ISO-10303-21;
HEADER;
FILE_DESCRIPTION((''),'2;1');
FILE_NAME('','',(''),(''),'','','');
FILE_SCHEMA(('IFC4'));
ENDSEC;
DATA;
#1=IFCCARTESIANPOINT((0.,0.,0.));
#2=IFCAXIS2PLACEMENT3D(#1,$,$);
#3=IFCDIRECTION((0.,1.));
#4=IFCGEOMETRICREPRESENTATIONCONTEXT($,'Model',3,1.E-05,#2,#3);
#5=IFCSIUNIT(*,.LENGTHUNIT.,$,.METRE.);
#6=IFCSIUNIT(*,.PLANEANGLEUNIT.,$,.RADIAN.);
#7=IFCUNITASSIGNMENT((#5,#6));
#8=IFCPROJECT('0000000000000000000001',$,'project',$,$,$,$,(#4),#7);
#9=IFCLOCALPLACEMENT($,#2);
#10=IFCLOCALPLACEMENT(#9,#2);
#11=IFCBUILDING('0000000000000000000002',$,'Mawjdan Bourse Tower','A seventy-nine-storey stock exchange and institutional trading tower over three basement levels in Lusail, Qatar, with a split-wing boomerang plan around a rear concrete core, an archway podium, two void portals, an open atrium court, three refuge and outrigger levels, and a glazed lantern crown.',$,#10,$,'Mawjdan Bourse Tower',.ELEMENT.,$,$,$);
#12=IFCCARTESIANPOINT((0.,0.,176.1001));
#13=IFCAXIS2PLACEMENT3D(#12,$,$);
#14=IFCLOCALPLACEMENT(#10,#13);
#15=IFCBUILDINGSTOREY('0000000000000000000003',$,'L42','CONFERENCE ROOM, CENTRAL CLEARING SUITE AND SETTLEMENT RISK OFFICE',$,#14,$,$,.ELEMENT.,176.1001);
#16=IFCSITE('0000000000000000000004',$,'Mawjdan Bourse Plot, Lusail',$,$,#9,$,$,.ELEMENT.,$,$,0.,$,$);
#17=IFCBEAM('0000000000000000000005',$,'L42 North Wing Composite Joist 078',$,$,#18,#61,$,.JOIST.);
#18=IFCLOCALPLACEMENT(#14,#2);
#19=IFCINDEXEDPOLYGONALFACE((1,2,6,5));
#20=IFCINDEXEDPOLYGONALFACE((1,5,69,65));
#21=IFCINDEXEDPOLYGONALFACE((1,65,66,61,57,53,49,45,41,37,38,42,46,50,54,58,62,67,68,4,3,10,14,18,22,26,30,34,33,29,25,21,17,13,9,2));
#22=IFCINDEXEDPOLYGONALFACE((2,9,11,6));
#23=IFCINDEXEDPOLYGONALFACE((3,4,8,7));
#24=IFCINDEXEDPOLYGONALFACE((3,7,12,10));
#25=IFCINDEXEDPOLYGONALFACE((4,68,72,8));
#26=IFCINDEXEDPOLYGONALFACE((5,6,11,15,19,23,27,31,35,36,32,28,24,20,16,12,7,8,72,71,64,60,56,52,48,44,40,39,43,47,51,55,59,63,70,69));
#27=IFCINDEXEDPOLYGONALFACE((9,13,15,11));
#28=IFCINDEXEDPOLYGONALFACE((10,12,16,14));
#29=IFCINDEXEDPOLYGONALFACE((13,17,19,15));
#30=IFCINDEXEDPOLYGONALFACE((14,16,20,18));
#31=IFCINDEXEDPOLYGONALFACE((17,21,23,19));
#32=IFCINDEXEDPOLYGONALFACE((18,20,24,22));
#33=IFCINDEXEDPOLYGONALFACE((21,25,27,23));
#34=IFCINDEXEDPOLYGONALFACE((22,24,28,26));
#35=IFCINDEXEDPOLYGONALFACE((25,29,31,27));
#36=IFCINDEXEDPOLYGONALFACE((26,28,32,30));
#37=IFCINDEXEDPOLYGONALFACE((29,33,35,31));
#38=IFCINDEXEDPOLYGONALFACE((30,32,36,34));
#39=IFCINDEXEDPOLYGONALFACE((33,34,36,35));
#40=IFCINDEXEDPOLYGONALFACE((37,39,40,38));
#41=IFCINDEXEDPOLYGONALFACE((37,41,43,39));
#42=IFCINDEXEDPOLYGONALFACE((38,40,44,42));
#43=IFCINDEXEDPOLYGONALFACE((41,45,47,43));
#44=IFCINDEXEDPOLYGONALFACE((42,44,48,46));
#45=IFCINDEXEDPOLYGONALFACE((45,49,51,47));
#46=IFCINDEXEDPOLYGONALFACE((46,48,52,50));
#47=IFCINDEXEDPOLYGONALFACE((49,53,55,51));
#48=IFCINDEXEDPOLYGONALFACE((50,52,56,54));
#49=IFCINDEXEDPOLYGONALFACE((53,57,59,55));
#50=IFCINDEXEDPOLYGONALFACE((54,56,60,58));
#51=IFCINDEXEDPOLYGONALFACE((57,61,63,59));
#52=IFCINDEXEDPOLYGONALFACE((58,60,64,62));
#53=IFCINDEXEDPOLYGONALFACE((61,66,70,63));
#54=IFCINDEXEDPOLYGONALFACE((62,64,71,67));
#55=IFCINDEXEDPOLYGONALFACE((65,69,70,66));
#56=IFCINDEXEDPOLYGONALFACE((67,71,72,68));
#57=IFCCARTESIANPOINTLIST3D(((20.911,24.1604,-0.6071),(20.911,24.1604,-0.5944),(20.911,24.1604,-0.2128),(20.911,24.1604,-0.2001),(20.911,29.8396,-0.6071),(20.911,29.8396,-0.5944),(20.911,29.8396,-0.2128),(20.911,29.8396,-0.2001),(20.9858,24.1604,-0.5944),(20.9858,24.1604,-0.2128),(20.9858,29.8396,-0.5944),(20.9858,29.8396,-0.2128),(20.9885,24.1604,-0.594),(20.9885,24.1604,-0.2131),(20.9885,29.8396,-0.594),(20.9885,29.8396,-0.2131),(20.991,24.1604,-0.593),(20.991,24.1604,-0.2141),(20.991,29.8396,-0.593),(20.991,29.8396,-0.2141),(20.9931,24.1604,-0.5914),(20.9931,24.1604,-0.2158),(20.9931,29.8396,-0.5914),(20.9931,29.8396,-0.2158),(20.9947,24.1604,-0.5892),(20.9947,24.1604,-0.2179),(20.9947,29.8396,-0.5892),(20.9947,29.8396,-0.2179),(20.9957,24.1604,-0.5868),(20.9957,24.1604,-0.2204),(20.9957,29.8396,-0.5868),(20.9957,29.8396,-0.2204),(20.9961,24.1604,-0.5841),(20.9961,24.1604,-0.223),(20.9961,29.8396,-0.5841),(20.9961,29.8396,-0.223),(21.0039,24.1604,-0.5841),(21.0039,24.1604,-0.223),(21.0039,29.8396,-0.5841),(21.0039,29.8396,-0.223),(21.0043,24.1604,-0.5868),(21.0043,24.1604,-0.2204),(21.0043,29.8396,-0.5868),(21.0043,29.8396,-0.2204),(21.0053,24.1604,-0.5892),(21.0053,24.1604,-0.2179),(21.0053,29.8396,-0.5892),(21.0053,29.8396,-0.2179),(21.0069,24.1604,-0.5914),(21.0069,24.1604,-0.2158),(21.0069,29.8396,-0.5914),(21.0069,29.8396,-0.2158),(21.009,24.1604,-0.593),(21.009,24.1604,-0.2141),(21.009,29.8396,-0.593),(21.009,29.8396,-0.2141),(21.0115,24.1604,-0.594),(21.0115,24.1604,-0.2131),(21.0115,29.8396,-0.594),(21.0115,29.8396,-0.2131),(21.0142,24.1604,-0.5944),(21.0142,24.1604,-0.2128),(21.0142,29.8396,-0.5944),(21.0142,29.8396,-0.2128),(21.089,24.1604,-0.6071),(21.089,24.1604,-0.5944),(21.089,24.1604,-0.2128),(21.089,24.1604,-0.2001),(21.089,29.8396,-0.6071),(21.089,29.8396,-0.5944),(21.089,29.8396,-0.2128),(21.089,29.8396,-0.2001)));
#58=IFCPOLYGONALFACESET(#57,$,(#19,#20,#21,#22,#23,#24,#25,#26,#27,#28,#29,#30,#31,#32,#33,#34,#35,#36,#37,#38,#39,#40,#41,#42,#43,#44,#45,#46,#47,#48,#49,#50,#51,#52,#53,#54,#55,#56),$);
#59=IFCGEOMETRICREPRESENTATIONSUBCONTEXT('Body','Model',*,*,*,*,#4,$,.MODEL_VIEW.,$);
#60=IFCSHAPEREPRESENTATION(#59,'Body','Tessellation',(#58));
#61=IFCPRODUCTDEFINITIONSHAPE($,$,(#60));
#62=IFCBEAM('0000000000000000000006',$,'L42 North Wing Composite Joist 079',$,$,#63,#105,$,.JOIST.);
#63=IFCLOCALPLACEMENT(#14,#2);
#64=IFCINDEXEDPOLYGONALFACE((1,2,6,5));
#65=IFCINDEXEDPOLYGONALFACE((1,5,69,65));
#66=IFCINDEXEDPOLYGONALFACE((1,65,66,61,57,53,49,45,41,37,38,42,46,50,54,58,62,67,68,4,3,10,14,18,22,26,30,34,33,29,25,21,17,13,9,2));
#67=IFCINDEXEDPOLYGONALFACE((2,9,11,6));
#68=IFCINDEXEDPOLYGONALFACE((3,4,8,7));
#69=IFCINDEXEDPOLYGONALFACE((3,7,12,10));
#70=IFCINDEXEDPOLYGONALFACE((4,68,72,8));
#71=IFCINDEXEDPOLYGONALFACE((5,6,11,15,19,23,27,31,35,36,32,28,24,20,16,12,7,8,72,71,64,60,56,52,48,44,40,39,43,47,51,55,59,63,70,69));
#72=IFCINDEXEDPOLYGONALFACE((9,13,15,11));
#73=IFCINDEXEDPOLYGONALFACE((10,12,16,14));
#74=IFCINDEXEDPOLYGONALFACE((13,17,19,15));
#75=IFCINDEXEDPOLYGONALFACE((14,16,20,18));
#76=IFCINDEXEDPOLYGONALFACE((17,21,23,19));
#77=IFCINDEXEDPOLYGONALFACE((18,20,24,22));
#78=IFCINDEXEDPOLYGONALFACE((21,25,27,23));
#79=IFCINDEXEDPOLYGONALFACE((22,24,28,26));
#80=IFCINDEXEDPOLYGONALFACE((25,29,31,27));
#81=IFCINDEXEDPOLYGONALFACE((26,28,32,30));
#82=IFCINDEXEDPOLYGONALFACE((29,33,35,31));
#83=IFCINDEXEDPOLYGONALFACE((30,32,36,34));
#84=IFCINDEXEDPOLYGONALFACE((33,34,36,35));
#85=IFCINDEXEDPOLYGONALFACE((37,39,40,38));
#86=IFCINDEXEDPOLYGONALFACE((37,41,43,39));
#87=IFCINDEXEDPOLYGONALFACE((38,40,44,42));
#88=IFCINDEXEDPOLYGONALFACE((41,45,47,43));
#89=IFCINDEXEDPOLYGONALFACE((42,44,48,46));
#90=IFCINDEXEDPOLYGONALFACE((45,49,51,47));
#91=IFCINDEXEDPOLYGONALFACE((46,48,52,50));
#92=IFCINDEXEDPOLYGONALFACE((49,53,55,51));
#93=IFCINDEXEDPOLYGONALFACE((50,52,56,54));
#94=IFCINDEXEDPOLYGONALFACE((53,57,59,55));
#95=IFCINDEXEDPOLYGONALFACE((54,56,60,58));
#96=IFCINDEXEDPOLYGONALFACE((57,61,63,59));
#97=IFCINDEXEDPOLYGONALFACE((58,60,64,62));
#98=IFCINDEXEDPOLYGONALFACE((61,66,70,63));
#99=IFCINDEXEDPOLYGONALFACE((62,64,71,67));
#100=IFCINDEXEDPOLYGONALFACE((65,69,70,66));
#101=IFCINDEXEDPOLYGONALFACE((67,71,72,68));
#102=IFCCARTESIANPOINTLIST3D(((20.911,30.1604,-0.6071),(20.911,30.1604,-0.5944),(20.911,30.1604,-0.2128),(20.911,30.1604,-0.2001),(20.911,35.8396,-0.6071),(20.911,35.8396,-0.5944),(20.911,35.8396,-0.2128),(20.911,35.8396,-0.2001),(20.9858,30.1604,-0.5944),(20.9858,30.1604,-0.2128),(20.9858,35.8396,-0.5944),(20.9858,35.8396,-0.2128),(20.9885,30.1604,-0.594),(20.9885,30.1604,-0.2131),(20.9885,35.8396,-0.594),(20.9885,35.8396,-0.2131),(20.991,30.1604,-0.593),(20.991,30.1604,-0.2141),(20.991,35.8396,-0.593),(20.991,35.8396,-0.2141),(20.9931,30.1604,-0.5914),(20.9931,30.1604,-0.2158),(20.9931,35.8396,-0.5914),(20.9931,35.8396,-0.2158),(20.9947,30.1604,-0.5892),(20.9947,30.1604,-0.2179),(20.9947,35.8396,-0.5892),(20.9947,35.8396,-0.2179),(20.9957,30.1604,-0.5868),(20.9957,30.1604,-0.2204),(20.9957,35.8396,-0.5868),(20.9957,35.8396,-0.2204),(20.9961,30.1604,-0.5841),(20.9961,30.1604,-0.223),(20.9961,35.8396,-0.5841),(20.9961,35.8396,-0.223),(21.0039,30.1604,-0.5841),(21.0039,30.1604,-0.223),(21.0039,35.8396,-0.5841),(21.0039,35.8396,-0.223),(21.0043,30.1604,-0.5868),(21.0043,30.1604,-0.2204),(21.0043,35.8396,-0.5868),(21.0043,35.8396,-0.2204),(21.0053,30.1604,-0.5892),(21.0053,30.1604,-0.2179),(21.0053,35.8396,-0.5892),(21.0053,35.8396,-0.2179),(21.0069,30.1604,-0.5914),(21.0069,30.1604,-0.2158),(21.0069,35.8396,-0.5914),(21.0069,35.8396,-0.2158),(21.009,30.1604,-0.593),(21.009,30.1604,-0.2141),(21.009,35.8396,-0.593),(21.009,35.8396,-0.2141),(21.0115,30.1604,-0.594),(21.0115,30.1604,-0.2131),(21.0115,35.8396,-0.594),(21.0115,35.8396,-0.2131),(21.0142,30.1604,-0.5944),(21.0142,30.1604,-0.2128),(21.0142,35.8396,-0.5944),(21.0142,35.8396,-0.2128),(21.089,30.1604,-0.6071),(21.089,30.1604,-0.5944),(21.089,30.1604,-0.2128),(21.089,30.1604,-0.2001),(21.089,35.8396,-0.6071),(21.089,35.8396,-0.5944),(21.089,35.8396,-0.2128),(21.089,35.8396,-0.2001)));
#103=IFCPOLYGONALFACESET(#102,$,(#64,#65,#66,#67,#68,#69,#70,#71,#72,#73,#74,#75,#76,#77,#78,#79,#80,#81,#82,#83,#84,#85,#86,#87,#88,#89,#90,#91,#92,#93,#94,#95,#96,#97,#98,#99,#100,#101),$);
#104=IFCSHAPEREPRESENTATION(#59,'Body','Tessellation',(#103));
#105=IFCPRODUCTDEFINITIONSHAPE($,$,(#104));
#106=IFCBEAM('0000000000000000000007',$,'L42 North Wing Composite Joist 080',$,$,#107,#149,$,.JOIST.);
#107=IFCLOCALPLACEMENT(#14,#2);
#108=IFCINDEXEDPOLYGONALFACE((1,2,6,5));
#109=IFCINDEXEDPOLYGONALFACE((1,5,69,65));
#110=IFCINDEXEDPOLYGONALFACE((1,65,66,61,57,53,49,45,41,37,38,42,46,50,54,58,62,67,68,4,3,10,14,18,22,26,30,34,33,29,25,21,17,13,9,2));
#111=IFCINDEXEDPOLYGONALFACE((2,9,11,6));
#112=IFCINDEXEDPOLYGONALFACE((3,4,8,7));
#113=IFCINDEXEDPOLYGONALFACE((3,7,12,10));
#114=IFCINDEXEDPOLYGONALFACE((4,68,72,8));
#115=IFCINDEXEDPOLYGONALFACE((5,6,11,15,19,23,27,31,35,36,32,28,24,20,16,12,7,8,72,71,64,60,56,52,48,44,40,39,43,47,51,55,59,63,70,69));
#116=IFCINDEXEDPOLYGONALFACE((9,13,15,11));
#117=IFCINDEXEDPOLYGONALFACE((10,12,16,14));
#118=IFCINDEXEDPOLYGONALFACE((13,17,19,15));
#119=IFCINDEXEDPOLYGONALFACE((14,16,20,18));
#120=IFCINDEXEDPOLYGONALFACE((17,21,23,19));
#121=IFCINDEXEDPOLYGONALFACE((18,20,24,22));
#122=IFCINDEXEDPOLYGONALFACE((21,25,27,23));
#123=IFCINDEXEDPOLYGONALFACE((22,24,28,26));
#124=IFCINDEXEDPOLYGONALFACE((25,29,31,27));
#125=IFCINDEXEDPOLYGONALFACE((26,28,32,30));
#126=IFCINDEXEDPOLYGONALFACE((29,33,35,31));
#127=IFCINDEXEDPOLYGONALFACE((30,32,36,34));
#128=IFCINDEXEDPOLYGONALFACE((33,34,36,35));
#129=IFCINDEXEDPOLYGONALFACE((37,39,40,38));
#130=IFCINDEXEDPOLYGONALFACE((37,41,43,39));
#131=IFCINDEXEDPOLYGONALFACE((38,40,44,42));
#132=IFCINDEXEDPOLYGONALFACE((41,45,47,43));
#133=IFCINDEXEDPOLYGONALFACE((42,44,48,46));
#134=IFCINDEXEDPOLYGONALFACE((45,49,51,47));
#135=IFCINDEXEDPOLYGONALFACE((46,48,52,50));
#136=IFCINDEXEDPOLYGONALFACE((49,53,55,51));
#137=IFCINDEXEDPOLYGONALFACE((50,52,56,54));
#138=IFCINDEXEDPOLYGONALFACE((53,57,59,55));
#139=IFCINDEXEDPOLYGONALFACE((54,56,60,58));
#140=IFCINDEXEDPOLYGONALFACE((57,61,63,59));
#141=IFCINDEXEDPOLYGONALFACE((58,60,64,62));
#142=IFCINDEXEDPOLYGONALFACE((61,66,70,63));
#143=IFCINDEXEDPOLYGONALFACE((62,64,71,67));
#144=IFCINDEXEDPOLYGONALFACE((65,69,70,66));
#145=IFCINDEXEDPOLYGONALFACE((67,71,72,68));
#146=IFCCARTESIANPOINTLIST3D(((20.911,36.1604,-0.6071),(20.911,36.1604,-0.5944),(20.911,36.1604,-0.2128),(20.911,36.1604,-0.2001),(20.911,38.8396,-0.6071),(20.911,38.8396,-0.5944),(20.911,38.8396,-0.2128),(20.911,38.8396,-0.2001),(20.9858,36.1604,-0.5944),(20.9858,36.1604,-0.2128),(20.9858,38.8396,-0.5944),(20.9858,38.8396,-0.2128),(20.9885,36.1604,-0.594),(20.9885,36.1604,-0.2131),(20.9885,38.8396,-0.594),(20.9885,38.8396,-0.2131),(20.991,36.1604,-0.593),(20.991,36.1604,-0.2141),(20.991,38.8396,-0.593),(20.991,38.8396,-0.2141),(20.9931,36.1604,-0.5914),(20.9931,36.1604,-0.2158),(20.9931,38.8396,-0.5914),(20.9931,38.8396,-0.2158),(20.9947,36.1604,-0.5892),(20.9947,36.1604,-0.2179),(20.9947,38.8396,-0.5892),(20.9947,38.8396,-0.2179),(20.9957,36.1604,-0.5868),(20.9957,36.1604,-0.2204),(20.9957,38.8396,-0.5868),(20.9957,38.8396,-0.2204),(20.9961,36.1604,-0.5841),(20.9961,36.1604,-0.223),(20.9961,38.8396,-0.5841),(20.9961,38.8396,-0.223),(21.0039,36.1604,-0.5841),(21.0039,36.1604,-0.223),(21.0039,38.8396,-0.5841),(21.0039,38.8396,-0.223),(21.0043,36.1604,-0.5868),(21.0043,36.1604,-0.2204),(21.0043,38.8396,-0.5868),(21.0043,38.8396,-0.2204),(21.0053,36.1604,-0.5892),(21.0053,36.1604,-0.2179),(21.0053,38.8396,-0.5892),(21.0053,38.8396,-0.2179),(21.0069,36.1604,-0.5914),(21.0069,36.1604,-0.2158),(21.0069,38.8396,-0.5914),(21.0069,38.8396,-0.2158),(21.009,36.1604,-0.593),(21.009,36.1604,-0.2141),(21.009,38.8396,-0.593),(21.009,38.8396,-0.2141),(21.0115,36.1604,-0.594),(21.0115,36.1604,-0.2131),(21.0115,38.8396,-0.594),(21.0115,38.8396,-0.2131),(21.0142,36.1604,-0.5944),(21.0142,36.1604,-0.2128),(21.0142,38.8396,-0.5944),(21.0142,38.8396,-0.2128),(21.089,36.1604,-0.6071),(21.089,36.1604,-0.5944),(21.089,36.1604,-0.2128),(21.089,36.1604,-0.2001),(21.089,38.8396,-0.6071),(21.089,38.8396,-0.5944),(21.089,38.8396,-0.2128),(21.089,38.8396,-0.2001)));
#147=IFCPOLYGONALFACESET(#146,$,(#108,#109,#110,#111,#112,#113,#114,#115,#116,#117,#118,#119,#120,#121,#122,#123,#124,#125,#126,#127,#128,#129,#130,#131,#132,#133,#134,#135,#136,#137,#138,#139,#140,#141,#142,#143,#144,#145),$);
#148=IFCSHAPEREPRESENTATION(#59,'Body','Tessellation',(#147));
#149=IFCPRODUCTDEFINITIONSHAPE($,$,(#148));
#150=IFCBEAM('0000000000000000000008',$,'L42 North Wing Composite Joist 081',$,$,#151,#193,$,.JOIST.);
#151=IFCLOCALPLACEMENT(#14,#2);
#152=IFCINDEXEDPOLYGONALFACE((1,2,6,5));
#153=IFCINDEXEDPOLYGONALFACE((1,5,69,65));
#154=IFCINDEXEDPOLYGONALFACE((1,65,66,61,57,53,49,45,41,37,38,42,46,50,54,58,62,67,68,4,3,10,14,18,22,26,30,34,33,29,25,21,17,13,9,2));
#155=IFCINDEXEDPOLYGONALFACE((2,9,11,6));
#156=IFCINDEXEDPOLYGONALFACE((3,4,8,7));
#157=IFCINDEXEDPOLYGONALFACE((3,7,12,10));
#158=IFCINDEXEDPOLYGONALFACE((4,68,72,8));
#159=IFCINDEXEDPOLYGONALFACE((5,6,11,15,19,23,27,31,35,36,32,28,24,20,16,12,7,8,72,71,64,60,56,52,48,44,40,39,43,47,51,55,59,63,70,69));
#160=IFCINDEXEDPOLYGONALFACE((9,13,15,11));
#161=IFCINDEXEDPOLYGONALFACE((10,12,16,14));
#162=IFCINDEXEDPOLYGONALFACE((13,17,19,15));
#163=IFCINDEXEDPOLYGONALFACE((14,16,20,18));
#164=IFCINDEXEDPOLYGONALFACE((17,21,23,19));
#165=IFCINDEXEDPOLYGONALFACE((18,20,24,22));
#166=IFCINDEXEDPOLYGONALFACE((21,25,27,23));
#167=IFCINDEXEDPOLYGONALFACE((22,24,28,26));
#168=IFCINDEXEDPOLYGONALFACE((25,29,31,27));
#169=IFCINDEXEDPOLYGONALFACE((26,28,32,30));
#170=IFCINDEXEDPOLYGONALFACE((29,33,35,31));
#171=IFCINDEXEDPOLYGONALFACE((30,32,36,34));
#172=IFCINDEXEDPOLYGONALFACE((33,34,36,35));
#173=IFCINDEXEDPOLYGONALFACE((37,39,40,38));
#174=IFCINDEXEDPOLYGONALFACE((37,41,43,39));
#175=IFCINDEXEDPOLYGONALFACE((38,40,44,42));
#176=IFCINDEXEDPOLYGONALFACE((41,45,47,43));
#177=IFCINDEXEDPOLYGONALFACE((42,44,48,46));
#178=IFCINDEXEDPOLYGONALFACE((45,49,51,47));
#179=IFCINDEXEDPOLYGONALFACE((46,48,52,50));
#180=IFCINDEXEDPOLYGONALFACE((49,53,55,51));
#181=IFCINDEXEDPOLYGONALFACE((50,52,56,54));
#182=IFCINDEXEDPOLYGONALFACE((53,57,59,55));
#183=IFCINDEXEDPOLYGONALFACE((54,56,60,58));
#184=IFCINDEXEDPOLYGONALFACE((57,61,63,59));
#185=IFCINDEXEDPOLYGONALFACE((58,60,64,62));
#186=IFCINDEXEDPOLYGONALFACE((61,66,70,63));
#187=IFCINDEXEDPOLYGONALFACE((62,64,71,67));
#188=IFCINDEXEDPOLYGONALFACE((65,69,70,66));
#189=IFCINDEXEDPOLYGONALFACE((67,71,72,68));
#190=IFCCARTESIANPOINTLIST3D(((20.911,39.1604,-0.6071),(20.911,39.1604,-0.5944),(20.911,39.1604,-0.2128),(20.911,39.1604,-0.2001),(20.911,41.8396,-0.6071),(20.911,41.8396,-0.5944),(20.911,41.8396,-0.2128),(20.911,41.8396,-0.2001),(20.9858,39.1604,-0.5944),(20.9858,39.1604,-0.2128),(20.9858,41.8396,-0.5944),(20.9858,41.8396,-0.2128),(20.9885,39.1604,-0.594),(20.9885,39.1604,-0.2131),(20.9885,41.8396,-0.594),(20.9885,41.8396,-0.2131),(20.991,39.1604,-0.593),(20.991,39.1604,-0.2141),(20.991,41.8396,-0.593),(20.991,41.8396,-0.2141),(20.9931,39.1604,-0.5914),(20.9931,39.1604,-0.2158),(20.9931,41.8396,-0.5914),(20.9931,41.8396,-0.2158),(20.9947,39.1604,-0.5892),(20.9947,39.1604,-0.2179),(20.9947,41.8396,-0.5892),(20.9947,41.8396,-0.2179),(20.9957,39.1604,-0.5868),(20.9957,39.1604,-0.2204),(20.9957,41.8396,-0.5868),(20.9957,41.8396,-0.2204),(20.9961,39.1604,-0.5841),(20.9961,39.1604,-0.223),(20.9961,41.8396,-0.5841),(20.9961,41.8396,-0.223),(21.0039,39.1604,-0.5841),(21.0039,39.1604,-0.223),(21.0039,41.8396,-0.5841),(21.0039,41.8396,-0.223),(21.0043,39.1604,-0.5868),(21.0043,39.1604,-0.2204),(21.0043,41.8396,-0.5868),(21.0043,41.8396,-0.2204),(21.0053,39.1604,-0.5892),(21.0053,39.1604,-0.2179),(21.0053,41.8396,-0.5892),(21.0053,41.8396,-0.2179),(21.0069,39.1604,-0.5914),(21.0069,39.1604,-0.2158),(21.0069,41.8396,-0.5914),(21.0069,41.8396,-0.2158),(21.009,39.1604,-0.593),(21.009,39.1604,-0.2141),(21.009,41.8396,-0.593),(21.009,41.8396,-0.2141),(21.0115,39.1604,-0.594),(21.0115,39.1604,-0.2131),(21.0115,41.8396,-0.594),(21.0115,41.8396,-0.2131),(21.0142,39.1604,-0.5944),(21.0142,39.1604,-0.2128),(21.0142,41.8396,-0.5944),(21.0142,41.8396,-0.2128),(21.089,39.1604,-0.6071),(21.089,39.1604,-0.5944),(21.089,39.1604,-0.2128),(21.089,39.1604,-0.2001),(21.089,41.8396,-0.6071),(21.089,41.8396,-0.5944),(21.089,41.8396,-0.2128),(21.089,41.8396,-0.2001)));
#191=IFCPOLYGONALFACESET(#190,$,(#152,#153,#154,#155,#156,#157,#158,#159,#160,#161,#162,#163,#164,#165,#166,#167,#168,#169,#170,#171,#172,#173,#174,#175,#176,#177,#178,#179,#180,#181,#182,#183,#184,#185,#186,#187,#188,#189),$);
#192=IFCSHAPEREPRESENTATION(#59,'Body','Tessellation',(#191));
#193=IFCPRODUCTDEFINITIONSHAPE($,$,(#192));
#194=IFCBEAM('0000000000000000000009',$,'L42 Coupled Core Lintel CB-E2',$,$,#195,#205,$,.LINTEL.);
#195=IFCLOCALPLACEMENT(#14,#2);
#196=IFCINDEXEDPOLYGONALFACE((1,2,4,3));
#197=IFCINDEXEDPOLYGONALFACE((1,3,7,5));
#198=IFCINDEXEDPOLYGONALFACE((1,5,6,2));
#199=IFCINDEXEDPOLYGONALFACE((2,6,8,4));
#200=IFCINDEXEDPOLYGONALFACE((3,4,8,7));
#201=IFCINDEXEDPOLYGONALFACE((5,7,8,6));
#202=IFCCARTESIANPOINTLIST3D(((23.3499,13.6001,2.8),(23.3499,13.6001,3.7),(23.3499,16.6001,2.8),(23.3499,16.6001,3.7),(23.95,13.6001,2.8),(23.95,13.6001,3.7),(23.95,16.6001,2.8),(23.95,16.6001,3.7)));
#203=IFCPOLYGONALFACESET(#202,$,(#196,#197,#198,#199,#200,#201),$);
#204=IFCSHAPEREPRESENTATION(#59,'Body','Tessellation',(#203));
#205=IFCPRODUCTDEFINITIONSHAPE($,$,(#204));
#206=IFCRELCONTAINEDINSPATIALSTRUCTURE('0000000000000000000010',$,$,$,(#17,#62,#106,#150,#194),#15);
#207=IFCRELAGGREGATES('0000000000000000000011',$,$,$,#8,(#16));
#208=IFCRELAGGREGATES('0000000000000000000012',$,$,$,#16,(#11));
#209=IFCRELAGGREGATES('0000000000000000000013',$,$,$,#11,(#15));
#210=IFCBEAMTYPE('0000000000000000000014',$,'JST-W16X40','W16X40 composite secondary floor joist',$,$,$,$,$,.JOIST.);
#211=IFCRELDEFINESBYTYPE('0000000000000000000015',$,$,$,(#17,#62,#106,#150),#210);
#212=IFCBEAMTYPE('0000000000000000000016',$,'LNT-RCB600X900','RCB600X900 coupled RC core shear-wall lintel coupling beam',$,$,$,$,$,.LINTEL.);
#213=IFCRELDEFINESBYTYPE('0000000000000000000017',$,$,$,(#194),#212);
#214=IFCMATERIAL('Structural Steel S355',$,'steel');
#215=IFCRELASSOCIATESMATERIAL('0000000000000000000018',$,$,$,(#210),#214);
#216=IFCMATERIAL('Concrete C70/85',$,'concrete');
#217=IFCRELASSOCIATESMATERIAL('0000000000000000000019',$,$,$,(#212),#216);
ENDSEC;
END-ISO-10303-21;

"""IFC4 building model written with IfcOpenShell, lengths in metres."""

from ifc_helpers import new_model, si_unit, direction, frame, origin, origin_2d, place, context, subcontext, project, spatial, rectangle, i_section, extrude, material, material_profile, profile_set, type_object, element, save


model = new_model("IFC4")

# Units and contexts
model_context = context("Model", 3, precision=1e-05, world=origin(), true_north=direction((0.0, 1.0)))
body_context = subcontext(model_context, "Body", "Model", "MODEL_VIEW")
ifc_project = project(units=[si_unit("LENGTHUNIT", "METRE"), si_unit("PLANEANGLEUNIT", "RADIAN")], contexts=[model_context])

# Site, building, storey
site_placement = place(None, origin())
site = spatial("IfcSite", under=ifc_project, at=site_placement, Name="Mawjdan Bourse Plot, Lusail", CompositionType="ELEMENT", RefElevation=0.0)
building_placement = place(site_placement, origin())
building = spatial("IfcBuilding", under=site, at=building_placement, Name="Mawjdan Bourse Tower", Description="A seventy-nine-storey stock exchange and institutional trading tower over three basement levels in Lusail, Qatar, with a split-wing boomerang plan around a rear concrete core, an archway podium, two void portals, an open atrium court, three refuge and outrigger levels, and a glazed lantern crown.", LongName="Mawjdan Bourse Tower", CompositionType="ELEMENT")
storey_placement = place(building_placement, frame((0.0, 0.0, 176.1001)))
storey = spatial("IfcBuildingStorey", under=building, at=storey_placement, Name="L42", Description="CONFERENCE ROOM, CENTRAL CLEARING SUITE AND SETTLEMENT RISK OFFICE", CompositionType="ELEMENT", Elevation=176.1001)

# Shared definitions
ifc_material_1 = material(Name="Concrete C70/85", Category="concrete")

# Beams
ifc_material_2 = material(Name="Structural Steel S355", Category="steel")
ifc_material_profile_1 = material_profile(ifc_material_2, i_section(OverallWidth=0.178, OverallDepth=0.407, WebThickness=0.0078, FlangeThickness=0.0127, FilletRadius=0.0103, at=origin_2d()), Name="W16X40")
ifc_profile_set_1 = profile_set([ifc_material_profile_1], Name="Structural Steel S355")
beam_type_1 = type_object("IfcBeamType", Name="JST-W16X40", Description="W16X40 composite secondary floor joist", PredefinedType="JOIST", material=ifc_profile_set_1)
for number, where, z_axis, x_axis, name in (
    (1, (21.0, 24.1604, -0.4036), (0.0, 1.0, 0.0), (-1.0, 0.0, 0.0), "L42 North Wing Composite Joist 078"),
    (2, (21.0, 30.1604, -0.4036), (0.0, 1.0, 0.0), (-1.0, 0.0, 0.0), "L42 North Wing Composite Joist 079"),
):
    element("IfcBeam", number, at=place(storey_placement, frame(where, z_axis=z_axis, x_axis=x_axis)), inside=storey, type_object=beam_type_1, Name=name, PredefinedType="JOIST", context=body_context, shape_type="SweptSolid", body=[
        extrude(i_section(OverallWidth=0.178, OverallDepth=0.407, WebThickness=0.0078, FlangeThickness=0.0127, FilletRadius=0.0103, at=origin_2d()), origin(), (0.0, 0.0, 1.0), 5.6792),
    ])
for number, where, z_axis, x_axis, name in (
    (3, (21.0, 36.1604, -0.4036), (0.0, 1.0, 0.0), (-1.0, 0.0, 0.0), "L42 North Wing Composite Joist 080"),
    (4, (21.0, 39.1604, -0.4036), (0.0, 1.0, 0.0), (-1.0, 0.0, 0.0), "L42 North Wing Composite Joist 081"),
):
    element("IfcBeam", number, at=place(storey_placement, frame(where, z_axis=z_axis, x_axis=x_axis)), inside=storey, type_object=beam_type_1, Name=name, PredefinedType="JOIST", context=body_context, shape_type="SweptSolid", body=[
        extrude(i_section(OverallWidth=0.178, OverallDepth=0.407, WebThickness=0.0078, FlangeThickness=0.0127, FilletRadius=0.0103, at=origin_2d()), origin(), (0.0, 0.0, 1.0), 2.6792),
    ])
ifc_material_profile_2 = material_profile(ifc_material_1, rectangle(XDim=0.6001, YDim=0.8999, at=origin_2d()), Name="RCB600X900")
ifc_profile_set_2 = profile_set([ifc_material_profile_2], Name="Concrete C70/85")
beam_type_2 = type_object("IfcBeamType", Name="LNT-RCB600X900", Description="RCB600X900 coupled RC core shear-wall lintel coupling beam", PredefinedType="LINTEL", material=ifc_profile_set_2)
beam_1_placement = place(storey_placement, frame((23.6499, 13.6001, 3.25), z_axis=(0.0, 1.0, 0.0), x_axis=(-1.0, 0.0, 0.0)))
element("IfcBeam", 5, at=beam_1_placement, inside=storey, type_object=beam_type_2, Name="L42 Coupled Core Lintel CB-E2", PredefinedType="LINTEL", context=body_context, shape_type="SweptSolid", body=[
    extrude(rectangle(XDim=0.6001, YDim=0.8999, at=origin_2d()), origin(), (0.0, 0.0, 1.0), 3.0),
])

save(model, "model.ifc")
